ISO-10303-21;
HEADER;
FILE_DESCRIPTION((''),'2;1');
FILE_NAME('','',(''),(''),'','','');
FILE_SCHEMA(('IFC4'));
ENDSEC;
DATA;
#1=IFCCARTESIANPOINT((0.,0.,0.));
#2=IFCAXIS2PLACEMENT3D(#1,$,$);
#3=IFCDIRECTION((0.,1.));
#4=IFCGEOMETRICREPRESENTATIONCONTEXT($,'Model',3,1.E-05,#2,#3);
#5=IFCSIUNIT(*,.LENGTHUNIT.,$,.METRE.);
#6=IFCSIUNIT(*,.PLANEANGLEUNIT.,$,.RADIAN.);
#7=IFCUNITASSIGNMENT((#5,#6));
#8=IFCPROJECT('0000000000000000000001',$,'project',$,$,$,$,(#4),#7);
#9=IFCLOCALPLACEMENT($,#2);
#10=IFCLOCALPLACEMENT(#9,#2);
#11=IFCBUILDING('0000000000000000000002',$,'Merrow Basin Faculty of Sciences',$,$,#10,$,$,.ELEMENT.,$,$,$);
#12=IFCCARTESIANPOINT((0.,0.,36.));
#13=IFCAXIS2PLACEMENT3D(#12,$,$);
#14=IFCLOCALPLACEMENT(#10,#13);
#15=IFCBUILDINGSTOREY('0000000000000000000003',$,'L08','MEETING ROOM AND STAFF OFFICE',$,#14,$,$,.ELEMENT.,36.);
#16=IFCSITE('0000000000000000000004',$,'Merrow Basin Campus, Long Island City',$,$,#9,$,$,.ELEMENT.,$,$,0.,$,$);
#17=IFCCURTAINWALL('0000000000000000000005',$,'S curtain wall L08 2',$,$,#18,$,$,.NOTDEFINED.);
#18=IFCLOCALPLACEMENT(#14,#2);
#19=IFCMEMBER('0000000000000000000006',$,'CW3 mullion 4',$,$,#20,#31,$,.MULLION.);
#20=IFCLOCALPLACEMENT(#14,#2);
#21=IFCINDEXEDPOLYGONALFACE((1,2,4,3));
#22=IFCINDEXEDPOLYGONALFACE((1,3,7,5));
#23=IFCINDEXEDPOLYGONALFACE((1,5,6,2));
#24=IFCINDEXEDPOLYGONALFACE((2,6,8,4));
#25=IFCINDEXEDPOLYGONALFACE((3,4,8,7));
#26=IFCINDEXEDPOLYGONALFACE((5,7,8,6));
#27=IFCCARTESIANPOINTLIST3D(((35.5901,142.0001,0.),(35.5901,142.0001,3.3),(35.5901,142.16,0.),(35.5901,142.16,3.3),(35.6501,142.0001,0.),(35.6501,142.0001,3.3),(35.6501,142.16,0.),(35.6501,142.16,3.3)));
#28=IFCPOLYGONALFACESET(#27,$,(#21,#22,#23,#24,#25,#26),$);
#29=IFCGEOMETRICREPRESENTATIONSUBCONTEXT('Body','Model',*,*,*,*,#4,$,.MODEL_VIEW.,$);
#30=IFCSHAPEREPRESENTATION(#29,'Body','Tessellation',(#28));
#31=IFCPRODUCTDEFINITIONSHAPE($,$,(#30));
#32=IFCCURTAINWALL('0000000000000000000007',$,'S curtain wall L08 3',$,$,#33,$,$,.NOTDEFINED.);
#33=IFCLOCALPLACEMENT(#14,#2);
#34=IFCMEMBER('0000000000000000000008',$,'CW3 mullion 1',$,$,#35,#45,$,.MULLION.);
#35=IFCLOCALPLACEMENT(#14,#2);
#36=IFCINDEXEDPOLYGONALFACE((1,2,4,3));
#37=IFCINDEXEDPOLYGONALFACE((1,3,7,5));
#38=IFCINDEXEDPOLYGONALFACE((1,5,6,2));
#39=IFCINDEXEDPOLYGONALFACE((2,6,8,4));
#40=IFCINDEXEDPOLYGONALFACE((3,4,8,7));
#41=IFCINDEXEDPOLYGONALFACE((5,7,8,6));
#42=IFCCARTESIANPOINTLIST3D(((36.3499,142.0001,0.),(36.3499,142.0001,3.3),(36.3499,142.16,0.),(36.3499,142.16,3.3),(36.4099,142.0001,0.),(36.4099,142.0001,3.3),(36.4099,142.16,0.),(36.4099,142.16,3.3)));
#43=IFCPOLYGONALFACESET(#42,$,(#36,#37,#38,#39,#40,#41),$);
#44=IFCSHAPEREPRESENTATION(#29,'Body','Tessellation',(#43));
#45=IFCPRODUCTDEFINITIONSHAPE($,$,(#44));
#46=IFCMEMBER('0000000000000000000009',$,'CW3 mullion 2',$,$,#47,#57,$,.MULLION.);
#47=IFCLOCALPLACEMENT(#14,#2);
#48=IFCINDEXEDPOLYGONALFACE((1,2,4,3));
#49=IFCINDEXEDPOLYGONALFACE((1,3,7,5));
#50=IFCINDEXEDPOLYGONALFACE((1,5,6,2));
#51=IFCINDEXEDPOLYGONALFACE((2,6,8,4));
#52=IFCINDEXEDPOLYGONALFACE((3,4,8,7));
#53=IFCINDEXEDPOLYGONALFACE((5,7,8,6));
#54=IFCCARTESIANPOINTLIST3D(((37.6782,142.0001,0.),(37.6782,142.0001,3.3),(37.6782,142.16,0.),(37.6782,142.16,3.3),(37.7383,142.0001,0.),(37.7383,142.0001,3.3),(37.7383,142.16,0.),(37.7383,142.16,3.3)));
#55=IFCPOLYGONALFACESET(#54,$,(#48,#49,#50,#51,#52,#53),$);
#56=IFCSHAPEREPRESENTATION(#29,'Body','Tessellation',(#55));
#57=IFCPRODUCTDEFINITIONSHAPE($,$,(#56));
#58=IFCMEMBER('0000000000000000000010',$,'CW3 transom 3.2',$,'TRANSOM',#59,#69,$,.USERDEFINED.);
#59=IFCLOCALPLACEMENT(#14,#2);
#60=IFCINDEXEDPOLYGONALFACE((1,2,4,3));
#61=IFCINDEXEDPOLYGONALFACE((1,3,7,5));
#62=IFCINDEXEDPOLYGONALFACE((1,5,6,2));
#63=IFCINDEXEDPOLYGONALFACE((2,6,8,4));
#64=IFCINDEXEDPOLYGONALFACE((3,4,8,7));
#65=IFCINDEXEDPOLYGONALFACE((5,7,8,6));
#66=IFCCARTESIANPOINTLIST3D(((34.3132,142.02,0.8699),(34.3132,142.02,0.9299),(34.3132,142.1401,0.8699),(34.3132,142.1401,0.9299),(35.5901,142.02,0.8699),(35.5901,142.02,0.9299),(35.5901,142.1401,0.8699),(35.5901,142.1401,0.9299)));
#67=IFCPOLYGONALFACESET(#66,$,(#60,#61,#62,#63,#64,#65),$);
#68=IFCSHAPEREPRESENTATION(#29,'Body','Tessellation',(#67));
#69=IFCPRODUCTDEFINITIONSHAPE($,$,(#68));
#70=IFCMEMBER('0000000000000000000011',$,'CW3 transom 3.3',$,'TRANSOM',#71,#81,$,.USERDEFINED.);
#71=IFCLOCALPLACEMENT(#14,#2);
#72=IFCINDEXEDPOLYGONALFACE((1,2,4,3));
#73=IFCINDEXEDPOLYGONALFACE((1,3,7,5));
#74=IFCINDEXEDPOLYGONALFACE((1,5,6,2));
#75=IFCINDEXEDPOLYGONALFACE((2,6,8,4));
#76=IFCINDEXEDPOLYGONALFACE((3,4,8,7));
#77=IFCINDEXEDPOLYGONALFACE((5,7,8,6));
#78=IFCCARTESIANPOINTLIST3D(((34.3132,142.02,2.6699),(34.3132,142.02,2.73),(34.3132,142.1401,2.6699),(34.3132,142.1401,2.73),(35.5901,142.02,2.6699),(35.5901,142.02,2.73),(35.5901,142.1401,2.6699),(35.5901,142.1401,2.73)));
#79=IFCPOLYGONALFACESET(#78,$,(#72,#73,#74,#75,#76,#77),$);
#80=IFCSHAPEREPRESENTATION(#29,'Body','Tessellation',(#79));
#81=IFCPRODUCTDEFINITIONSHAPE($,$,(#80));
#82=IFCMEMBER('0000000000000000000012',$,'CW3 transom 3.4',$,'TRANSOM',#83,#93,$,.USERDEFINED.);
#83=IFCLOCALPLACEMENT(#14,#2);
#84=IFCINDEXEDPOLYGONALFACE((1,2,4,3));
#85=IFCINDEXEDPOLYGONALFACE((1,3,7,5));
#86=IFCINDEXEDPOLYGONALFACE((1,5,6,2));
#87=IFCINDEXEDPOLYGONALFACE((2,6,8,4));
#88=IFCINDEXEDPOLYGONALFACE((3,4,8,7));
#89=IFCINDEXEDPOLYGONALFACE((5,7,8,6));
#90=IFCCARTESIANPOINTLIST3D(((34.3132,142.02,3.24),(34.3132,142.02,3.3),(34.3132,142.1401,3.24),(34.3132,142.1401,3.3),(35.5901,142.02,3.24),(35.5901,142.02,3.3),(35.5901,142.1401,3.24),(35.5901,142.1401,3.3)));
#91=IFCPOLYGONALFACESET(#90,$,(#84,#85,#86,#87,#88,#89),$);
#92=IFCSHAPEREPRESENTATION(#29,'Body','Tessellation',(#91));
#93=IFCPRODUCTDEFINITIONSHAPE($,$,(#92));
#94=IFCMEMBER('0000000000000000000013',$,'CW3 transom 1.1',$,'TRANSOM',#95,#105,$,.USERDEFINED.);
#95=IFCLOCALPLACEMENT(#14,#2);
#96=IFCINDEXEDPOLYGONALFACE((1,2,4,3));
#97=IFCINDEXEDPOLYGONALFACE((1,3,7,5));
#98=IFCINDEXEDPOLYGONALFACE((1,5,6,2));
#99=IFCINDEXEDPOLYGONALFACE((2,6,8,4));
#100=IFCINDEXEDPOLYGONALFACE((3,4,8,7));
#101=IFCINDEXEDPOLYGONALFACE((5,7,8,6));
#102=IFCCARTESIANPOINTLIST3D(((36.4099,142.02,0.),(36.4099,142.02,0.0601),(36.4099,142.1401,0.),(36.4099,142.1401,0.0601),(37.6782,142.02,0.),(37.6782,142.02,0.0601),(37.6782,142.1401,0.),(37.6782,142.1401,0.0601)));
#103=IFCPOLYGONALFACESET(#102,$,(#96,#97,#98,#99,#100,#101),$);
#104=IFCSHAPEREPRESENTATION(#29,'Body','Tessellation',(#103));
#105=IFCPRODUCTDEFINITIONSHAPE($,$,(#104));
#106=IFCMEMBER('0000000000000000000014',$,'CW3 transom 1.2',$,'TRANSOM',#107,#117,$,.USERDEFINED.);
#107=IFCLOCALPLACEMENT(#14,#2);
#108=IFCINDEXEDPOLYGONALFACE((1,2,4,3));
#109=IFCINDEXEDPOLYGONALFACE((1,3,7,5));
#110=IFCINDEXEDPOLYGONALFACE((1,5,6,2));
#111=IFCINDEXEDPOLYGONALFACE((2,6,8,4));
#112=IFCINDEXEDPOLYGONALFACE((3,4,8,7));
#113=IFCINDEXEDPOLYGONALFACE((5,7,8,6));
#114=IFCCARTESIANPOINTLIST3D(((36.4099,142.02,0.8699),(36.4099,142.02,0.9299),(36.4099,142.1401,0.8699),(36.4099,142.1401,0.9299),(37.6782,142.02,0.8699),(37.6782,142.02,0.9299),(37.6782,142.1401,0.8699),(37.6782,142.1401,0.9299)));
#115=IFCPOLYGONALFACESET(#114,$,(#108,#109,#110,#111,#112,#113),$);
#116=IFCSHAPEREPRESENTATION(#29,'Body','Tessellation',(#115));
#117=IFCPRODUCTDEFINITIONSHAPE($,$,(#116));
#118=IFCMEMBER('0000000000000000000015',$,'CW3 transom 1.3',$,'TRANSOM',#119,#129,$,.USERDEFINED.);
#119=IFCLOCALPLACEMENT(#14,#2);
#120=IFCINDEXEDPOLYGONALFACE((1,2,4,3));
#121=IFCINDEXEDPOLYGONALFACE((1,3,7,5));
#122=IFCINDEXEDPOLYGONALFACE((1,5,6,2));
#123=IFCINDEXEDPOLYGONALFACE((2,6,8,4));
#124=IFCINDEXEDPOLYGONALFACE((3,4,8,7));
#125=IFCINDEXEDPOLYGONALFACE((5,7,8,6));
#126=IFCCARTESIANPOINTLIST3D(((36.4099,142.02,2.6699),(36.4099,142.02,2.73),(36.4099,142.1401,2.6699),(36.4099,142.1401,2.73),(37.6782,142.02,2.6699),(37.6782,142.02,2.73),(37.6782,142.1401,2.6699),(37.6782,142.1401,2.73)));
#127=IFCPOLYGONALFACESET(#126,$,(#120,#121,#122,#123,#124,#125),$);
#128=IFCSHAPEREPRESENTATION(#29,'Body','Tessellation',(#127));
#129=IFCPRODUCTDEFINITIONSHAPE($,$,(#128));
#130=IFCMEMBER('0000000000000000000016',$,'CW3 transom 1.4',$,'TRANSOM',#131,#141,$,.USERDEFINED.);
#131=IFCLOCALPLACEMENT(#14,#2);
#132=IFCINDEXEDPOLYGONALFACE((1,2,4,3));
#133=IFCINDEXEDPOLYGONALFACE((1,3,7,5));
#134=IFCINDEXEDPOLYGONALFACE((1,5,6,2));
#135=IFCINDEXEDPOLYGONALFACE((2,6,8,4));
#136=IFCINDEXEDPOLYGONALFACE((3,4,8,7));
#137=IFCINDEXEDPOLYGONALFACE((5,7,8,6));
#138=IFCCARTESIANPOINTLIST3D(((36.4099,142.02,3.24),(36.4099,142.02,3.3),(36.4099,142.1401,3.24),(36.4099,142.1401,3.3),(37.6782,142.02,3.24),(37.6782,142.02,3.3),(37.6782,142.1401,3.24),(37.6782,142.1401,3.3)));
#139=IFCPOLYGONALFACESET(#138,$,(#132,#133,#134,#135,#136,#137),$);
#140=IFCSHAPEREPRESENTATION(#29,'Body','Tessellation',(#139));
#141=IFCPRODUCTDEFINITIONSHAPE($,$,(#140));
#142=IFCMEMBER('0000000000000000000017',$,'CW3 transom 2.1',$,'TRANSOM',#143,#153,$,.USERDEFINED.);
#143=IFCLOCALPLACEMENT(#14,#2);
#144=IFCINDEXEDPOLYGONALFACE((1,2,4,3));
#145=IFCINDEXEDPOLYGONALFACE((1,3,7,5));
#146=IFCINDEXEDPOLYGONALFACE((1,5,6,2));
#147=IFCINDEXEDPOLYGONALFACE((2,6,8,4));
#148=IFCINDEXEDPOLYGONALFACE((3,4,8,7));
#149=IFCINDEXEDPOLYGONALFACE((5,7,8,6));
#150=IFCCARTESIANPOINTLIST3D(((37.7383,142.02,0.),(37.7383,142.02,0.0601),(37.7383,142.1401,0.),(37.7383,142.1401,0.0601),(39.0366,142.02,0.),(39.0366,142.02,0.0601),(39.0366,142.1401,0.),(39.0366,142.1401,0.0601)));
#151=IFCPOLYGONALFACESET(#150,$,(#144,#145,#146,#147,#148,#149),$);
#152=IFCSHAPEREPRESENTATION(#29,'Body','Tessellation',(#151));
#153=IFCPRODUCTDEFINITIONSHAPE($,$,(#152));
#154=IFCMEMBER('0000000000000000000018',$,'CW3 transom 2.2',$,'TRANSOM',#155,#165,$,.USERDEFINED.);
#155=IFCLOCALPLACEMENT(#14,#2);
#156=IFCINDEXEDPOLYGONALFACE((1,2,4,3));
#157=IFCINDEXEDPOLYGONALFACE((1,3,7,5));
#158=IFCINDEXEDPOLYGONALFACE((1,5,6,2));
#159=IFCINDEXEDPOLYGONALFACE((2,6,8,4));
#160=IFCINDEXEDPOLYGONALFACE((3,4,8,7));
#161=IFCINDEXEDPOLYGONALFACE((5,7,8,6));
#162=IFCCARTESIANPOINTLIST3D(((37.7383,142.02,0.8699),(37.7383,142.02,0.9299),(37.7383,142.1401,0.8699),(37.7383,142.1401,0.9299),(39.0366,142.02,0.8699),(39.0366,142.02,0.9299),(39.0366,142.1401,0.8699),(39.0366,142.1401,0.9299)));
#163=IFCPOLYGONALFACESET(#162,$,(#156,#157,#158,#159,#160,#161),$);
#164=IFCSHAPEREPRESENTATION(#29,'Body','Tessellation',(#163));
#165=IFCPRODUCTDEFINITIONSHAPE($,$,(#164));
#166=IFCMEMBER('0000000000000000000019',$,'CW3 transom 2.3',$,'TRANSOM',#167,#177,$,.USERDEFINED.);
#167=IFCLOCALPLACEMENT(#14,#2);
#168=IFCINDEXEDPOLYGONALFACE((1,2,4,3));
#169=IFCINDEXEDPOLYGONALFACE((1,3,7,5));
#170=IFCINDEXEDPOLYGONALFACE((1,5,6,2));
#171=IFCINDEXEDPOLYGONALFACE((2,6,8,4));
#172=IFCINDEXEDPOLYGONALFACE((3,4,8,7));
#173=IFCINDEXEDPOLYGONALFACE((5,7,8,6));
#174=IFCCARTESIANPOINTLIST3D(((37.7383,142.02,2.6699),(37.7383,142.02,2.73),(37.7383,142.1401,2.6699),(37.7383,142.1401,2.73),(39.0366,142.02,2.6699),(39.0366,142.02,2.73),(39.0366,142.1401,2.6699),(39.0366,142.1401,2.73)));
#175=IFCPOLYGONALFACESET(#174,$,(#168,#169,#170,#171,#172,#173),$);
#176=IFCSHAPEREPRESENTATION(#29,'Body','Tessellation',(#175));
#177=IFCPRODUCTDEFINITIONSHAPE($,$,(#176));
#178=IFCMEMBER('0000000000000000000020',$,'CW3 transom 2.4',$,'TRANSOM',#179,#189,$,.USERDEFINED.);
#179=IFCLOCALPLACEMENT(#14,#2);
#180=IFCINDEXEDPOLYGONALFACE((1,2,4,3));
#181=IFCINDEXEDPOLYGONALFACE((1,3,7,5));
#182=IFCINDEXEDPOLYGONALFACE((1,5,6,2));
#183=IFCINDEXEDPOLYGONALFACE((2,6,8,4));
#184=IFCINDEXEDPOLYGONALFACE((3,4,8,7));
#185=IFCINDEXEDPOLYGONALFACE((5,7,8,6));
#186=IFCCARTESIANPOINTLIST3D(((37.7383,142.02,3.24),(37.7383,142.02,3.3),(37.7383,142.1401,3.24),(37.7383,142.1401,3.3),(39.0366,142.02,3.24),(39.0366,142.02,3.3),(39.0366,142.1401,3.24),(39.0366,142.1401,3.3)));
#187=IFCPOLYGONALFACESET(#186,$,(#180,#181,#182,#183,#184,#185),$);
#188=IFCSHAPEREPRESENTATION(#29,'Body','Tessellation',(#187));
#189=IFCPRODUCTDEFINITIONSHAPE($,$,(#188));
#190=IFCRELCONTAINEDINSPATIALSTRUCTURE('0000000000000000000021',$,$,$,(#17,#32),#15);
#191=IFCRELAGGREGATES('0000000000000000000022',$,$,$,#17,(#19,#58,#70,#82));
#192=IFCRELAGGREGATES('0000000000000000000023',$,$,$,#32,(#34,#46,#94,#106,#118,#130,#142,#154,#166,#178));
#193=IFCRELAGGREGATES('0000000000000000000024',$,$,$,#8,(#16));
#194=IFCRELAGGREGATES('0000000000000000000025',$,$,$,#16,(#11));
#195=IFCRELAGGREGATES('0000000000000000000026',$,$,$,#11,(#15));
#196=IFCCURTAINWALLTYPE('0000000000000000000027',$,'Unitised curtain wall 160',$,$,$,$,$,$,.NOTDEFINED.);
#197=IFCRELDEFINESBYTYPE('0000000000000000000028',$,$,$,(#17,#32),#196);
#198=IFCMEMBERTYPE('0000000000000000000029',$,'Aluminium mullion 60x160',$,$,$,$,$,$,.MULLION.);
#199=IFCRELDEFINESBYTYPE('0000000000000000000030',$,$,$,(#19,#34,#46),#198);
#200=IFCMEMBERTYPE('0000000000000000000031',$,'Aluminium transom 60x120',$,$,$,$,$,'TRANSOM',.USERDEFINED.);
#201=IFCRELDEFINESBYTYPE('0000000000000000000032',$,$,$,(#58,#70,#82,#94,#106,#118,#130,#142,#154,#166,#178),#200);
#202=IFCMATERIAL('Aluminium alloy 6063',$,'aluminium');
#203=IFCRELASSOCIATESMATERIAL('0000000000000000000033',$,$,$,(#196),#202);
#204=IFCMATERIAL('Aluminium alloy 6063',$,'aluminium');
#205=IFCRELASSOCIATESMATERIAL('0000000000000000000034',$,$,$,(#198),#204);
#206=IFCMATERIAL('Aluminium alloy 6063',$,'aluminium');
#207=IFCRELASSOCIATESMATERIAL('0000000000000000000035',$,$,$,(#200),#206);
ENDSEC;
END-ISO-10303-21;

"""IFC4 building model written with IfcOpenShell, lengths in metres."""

from ifc_helpers import new_model, si_unit, direction, frame, origin, origin_2d, place, context, subcontext, project, spatial, rectangle, extrude, material, material_profile, profile_set, type_object, element, aggregate, save


model = new_model("IFC4")

# Units and contexts
model_context = context("Model", 3, precision=1e-05, world=origin(), true_north=direction((0.0, 1.0)))
body_context = subcontext(model_context, "Body", "Model", "MODEL_VIEW")
ifc_project = project(units=[si_unit("LENGTHUNIT", "METRE"), si_unit("PLANEANGLEUNIT", "RADIAN")], contexts=[model_context])

# Site, building, storey
site_placement = place(None, origin())
site = spatial("IfcSite", under=ifc_project, at=site_placement, Name="Merrow Basin Campus, Long Island City", CompositionType="ELEMENT", RefElevation=0.0)
building_placement = place(site_placement, origin())
building = spatial("IfcBuilding", under=site, at=building_placement, Name="Merrow Basin Faculty of Sciences", CompositionType="ELEMENT")
storey_placement = place(building_placement, frame((0.0, 0.0, 36.0)))
storey = spatial("IfcBuildingStorey", under=building, at=storey_placement, Name="L08", Description="MEETING ROOM AND STAFF OFFICE", CompositionType="ELEMENT", Elevation=36.0)

# Curtain wall, member
ifc_material_1 = material(Name="Aluminium alloy 6063", Category="aluminium")
curtain_wall_type = type_object("IfcCurtainWallType", Name="Unitised curtain wall 160", PredefinedType="NOTDEFINED", material=ifc_material_1)
curtain_wall_1_placement = place(storey_placement, origin())
curtain_wall_1 = element("IfcCurtainWall", 1, at=curtain_wall_1_placement, inside=storey, type_object=curtain_wall_type, Name="S curtain wall L08 2", PredefinedType="NOTDEFINED")
ifc_material_2 = material(Name="Aluminium alloy 6063", Category="aluminium")
ifc_material_profile_1 = material_profile(ifc_material_2, rectangle(XDim=0.1599, YDim=0.0601, at=origin_2d()))
ifc_profile_set_1 = profile_set([ifc_material_profile_1], Name="Aluminium alloy 6063")
member_type_1 = type_object("IfcMemberType", Name="Aluminium mullion 60x160", PredefinedType="MULLION", material=ifc_profile_set_1)
member_1_placement = place(storey_placement, frame((35.6201, 142.0801, 0.0), z_axis=(0.0, 0.0, 1.0), x_axis=(0.0, 1.0, 0.0)))
member_1 = element("IfcMember", 2, at=member_1_placement, type_object=member_type_1, Name="CW3 mullion 4", PredefinedType="MULLION", context=body_context, shape_type="SweptSolid", body=[
    extrude(rectangle(XDim=0.1599, YDim=0.0601, at=origin_2d()), origin(), (0.0, 0.0, 1.0), 3.3),
])

# Curtain wall, members
curtain_wall_2_placement = place(storey_placement, origin())
curtain_wall_2 = element("IfcCurtainWall", 3, at=curtain_wall_2_placement, inside=storey, type_object=curtain_wall_type, Name="S curtain wall L08 3", PredefinedType="NOTDEFINED")
member_2_placement = place(storey_placement, frame((36.3799, 142.0801, 0.0), z_axis=(0.0, 0.0, 1.0), x_axis=(0.0, 1.0, 0.0)))
member_2 = element("IfcMember", 4, at=member_2_placement, type_object=member_type_1, Name="CW3 mullion 1", PredefinedType="MULLION", context=body_context, shape_type="SweptSolid", body=[
    extrude(rectangle(XDim=0.1599, YDim=0.0601, at=origin_2d()), origin(), (0.0, 0.0, 1.0), 3.3),
])
member_3_placement = place(storey_placement, frame((37.7083, 142.0801, 0.0), z_axis=(0.0, 0.0, 1.0), x_axis=(0.0, 1.0, 0.0)))
member_3 = element("IfcMember", 5, at=member_3_placement, type_object=member_type_1, Name="CW3 mullion 2", PredefinedType="MULLION", context=body_context, shape_type="SweptSolid", body=[
    extrude(rectangle(XDim=0.1599, YDim=0.0601, at=origin_2d()), origin(), (0.0, 0.0, 1.0), 3.3),
])

# Members
ifc_material_3 = material(Name="Aluminium alloy 6063", Category="aluminium")
ifc_material_profile_2 = material_profile(ifc_material_3, rectangle(XDim=0.1201, YDim=0.0601, at=origin_2d()))
ifc_profile_set_2 = profile_set([ifc_material_profile_2], Name="Aluminium alloy 6063")
member_type_2 = type_object("IfcMemberType", Name="Aluminium transom 60x120", ElementType="TRANSOM", PredefinedType="USERDEFINED", material=ifc_profile_set_2)
member_4_placement = place(storey_placement, frame((34.3132, 142.0801, 0.8999), z_axis=(1.0, 0.0, 0.0), x_axis=(0.0, 1.0, 0.0)))
member_4 = element("IfcMember", 6, at=member_4_placement, type_object=member_type_2, Name="CW3 transom 3.2", ObjectType="TRANSOM", PredefinedType="USERDEFINED", context=body_context, shape_type="SweptSolid", body=[
    extrude(rectangle(XDim=0.1201, YDim=0.0601, at=origin_2d()), origin(), (0.0, 0.0, 1.0), 1.2769),
])
member_5_placement = place(storey_placement, frame((34.3132, 142.0801, 2.7), z_axis=(1.0, 0.0, 0.0), x_axis=(0.0, 1.0, 0.0)))
member_5 = element("IfcMember", 7, at=member_5_placement, type_object=member_type_2, Name="CW3 transom 3.3", ObjectType="TRANSOM", PredefinedType="USERDEFINED", context=body_context, shape_type="SweptSolid", body=[
    extrude(rectangle(XDim=0.1201, YDim=0.0601, at=origin_2d()), origin(), (0.0, 0.0, 1.0), 1.2769),
])
member_6_placement = place(storey_placement, frame((34.3132, 142.0801, 3.27), z_axis=(1.0, 0.0, 0.0), x_axis=(0.0, 1.0, 0.0)))
member_6 = element("IfcMember", 8, at=member_6_placement, type_object=member_type_2, Name="CW3 transom 3.4", ObjectType="TRANSOM", PredefinedType="USERDEFINED", context=body_context, shape_type="SweptSolid", body=[
    extrude(rectangle(XDim=0.1201, YDim=0.0601, at=origin_2d()), origin(), (0.0, 0.0, 1.0), 1.2769),
])
member_7_placement = place(storey_placement, frame((36.4099, 142.0801, 0.03), z_axis=(1.0, 0.0, 0.0), x_axis=(0.0, 1.0, 0.0)))
member_7 = element("IfcMember", 9, at=member_7_placement, type_object=member_type_2, Name="CW3 transom 1.1", ObjectType="TRANSOM", PredefinedType="USERDEFINED", context=body_context, shape_type="SweptSolid", body=[
    extrude(rectangle(XDim=0.1201, YDim=0.0601, at=origin_2d()), origin(), (0.0, 0.0, 1.0), 1.2683),
])
member_8_placement = place(storey_placement, frame((36.4099, 142.0801, 0.8999), z_axis=(1.0, 0.0, 0.0), x_axis=(0.0, 1.0, 0.0)))
member_8 = element("IfcMember", 10, at=member_8_placement, type_object=member_type_2, Name="CW3 transom 1.2", ObjectType="TRANSOM", PredefinedType="USERDEFINED", context=body_context, shape_type="SweptSolid", body=[
    extrude(rectangle(XDim=0.1201, YDim=0.0601, at=origin_2d()), origin(), (0.0, 0.0, 1.0), 1.2683),
])
member_9_placement = place(storey_placement, frame((36.4099, 142.0801, 2.7), z_axis=(1.0, 0.0, 0.0), x_axis=(0.0, 1.0, 0.0)))
member_9 = element("IfcMember", 11, at=member_9_placement, type_object=member_type_2, Name="CW3 transom 1.3", ObjectType="TRANSOM", PredefinedType="USERDEFINED", context=body_context, shape_type="SweptSolid", body=[
    extrude(rectangle(XDim=0.1201, YDim=0.0601, at=origin_2d()), origin(), (0.0, 0.0, 1.0), 1.2683),
])
member_10_placement = place(storey_placement, frame((36.4099, 142.0801, 3.27), z_axis=(1.0, 0.0, 0.0), x_axis=(0.0, 1.0, 0.0)))
member_10 = element("IfcMember", 12, at=member_10_placement, type_object=member_type_2, Name="CW3 transom 1.4", ObjectType="TRANSOM", PredefinedType="USERDEFINED", context=body_context, shape_type="SweptSolid", body=[
    extrude(rectangle(XDim=0.1201, YDim=0.0601, at=origin_2d()), origin(), (0.0, 0.0, 1.0), 1.2683),
])
member_11_placement = place(storey_placement, frame((37.7383, 142.0801, 0.03), z_axis=(1.0, 0.0, 0.0), x_axis=(0.0, 1.0, 0.0)))
member_11 = element("IfcMember", 13, at=member_11_placement, type_object=member_type_2, Name="CW3 transom 2.1", ObjectType="TRANSOM", PredefinedType="USERDEFINED", context=body_context, shape_type="SweptSolid", body=[
    extrude(rectangle(XDim=0.1201, YDim=0.0601, at=origin_2d()), origin(), (0.0, 0.0, 1.0), 1.2983),
])
member_12_placement = place(storey_placement, frame((37.7383, 142.0801, 0.8999), z_axis=(1.0, 0.0, 0.0), x_axis=(0.0, 1.0, 0.0)))
member_12 = element("IfcMember", 14, at=member_12_placement, type_object=member_type_2, Name="CW3 transom 2.2", ObjectType="TRANSOM", PredefinedType="USERDEFINED", context=body_context, shape_type="SweptSolid", body=[
    extrude(rectangle(XDim=0.1201, YDim=0.0601, at=origin_2d()), origin(), (0.0, 0.0, 1.0), 1.2983),
])
member_13_placement = place(storey_placement, frame((37.7383, 142.0801, 2.7), z_axis=(1.0, 0.0, 0.0), x_axis=(0.0, 1.0, 0.0)))
member_13 = element("IfcMember", 15, at=member_13_placement, type_object=member_type_2, Name="CW3 transom 2.3", ObjectType="TRANSOM", PredefinedType="USERDEFINED", context=body_context, shape_type="SweptSolid", body=[
    extrude(rectangle(XDim=0.1201, YDim=0.0601, at=origin_2d()), origin(), (0.0, 0.0, 1.0), 1.2983),
])
member_14_placement = place(storey_placement, frame((37.7383, 142.0801, 3.27), z_axis=(1.0, 0.0, 0.0), x_axis=(0.0, 1.0, 0.0)))
member_14 = element("IfcMember", 16, at=member_14_placement, type_object=member_type_2, Name="CW3 transom 2.4", ObjectType="TRANSOM", PredefinedType="USERDEFINED", context=body_context, shape_type="SweptSolid", body=[
    extrude(rectangle(XDim=0.1201, YDim=0.0601, at=origin_2d()), origin(), (0.0, 0.0, 1.0), 1.2983),
])

aggregate(curtain_wall_1, [member_1, member_4, member_5, member_6])
aggregate(curtain_wall_2, [member_2, member_3, member_7, member_8, member_9, member_10, member_11, member_12, member_13, member_14])

save(model, "model.ifc")
